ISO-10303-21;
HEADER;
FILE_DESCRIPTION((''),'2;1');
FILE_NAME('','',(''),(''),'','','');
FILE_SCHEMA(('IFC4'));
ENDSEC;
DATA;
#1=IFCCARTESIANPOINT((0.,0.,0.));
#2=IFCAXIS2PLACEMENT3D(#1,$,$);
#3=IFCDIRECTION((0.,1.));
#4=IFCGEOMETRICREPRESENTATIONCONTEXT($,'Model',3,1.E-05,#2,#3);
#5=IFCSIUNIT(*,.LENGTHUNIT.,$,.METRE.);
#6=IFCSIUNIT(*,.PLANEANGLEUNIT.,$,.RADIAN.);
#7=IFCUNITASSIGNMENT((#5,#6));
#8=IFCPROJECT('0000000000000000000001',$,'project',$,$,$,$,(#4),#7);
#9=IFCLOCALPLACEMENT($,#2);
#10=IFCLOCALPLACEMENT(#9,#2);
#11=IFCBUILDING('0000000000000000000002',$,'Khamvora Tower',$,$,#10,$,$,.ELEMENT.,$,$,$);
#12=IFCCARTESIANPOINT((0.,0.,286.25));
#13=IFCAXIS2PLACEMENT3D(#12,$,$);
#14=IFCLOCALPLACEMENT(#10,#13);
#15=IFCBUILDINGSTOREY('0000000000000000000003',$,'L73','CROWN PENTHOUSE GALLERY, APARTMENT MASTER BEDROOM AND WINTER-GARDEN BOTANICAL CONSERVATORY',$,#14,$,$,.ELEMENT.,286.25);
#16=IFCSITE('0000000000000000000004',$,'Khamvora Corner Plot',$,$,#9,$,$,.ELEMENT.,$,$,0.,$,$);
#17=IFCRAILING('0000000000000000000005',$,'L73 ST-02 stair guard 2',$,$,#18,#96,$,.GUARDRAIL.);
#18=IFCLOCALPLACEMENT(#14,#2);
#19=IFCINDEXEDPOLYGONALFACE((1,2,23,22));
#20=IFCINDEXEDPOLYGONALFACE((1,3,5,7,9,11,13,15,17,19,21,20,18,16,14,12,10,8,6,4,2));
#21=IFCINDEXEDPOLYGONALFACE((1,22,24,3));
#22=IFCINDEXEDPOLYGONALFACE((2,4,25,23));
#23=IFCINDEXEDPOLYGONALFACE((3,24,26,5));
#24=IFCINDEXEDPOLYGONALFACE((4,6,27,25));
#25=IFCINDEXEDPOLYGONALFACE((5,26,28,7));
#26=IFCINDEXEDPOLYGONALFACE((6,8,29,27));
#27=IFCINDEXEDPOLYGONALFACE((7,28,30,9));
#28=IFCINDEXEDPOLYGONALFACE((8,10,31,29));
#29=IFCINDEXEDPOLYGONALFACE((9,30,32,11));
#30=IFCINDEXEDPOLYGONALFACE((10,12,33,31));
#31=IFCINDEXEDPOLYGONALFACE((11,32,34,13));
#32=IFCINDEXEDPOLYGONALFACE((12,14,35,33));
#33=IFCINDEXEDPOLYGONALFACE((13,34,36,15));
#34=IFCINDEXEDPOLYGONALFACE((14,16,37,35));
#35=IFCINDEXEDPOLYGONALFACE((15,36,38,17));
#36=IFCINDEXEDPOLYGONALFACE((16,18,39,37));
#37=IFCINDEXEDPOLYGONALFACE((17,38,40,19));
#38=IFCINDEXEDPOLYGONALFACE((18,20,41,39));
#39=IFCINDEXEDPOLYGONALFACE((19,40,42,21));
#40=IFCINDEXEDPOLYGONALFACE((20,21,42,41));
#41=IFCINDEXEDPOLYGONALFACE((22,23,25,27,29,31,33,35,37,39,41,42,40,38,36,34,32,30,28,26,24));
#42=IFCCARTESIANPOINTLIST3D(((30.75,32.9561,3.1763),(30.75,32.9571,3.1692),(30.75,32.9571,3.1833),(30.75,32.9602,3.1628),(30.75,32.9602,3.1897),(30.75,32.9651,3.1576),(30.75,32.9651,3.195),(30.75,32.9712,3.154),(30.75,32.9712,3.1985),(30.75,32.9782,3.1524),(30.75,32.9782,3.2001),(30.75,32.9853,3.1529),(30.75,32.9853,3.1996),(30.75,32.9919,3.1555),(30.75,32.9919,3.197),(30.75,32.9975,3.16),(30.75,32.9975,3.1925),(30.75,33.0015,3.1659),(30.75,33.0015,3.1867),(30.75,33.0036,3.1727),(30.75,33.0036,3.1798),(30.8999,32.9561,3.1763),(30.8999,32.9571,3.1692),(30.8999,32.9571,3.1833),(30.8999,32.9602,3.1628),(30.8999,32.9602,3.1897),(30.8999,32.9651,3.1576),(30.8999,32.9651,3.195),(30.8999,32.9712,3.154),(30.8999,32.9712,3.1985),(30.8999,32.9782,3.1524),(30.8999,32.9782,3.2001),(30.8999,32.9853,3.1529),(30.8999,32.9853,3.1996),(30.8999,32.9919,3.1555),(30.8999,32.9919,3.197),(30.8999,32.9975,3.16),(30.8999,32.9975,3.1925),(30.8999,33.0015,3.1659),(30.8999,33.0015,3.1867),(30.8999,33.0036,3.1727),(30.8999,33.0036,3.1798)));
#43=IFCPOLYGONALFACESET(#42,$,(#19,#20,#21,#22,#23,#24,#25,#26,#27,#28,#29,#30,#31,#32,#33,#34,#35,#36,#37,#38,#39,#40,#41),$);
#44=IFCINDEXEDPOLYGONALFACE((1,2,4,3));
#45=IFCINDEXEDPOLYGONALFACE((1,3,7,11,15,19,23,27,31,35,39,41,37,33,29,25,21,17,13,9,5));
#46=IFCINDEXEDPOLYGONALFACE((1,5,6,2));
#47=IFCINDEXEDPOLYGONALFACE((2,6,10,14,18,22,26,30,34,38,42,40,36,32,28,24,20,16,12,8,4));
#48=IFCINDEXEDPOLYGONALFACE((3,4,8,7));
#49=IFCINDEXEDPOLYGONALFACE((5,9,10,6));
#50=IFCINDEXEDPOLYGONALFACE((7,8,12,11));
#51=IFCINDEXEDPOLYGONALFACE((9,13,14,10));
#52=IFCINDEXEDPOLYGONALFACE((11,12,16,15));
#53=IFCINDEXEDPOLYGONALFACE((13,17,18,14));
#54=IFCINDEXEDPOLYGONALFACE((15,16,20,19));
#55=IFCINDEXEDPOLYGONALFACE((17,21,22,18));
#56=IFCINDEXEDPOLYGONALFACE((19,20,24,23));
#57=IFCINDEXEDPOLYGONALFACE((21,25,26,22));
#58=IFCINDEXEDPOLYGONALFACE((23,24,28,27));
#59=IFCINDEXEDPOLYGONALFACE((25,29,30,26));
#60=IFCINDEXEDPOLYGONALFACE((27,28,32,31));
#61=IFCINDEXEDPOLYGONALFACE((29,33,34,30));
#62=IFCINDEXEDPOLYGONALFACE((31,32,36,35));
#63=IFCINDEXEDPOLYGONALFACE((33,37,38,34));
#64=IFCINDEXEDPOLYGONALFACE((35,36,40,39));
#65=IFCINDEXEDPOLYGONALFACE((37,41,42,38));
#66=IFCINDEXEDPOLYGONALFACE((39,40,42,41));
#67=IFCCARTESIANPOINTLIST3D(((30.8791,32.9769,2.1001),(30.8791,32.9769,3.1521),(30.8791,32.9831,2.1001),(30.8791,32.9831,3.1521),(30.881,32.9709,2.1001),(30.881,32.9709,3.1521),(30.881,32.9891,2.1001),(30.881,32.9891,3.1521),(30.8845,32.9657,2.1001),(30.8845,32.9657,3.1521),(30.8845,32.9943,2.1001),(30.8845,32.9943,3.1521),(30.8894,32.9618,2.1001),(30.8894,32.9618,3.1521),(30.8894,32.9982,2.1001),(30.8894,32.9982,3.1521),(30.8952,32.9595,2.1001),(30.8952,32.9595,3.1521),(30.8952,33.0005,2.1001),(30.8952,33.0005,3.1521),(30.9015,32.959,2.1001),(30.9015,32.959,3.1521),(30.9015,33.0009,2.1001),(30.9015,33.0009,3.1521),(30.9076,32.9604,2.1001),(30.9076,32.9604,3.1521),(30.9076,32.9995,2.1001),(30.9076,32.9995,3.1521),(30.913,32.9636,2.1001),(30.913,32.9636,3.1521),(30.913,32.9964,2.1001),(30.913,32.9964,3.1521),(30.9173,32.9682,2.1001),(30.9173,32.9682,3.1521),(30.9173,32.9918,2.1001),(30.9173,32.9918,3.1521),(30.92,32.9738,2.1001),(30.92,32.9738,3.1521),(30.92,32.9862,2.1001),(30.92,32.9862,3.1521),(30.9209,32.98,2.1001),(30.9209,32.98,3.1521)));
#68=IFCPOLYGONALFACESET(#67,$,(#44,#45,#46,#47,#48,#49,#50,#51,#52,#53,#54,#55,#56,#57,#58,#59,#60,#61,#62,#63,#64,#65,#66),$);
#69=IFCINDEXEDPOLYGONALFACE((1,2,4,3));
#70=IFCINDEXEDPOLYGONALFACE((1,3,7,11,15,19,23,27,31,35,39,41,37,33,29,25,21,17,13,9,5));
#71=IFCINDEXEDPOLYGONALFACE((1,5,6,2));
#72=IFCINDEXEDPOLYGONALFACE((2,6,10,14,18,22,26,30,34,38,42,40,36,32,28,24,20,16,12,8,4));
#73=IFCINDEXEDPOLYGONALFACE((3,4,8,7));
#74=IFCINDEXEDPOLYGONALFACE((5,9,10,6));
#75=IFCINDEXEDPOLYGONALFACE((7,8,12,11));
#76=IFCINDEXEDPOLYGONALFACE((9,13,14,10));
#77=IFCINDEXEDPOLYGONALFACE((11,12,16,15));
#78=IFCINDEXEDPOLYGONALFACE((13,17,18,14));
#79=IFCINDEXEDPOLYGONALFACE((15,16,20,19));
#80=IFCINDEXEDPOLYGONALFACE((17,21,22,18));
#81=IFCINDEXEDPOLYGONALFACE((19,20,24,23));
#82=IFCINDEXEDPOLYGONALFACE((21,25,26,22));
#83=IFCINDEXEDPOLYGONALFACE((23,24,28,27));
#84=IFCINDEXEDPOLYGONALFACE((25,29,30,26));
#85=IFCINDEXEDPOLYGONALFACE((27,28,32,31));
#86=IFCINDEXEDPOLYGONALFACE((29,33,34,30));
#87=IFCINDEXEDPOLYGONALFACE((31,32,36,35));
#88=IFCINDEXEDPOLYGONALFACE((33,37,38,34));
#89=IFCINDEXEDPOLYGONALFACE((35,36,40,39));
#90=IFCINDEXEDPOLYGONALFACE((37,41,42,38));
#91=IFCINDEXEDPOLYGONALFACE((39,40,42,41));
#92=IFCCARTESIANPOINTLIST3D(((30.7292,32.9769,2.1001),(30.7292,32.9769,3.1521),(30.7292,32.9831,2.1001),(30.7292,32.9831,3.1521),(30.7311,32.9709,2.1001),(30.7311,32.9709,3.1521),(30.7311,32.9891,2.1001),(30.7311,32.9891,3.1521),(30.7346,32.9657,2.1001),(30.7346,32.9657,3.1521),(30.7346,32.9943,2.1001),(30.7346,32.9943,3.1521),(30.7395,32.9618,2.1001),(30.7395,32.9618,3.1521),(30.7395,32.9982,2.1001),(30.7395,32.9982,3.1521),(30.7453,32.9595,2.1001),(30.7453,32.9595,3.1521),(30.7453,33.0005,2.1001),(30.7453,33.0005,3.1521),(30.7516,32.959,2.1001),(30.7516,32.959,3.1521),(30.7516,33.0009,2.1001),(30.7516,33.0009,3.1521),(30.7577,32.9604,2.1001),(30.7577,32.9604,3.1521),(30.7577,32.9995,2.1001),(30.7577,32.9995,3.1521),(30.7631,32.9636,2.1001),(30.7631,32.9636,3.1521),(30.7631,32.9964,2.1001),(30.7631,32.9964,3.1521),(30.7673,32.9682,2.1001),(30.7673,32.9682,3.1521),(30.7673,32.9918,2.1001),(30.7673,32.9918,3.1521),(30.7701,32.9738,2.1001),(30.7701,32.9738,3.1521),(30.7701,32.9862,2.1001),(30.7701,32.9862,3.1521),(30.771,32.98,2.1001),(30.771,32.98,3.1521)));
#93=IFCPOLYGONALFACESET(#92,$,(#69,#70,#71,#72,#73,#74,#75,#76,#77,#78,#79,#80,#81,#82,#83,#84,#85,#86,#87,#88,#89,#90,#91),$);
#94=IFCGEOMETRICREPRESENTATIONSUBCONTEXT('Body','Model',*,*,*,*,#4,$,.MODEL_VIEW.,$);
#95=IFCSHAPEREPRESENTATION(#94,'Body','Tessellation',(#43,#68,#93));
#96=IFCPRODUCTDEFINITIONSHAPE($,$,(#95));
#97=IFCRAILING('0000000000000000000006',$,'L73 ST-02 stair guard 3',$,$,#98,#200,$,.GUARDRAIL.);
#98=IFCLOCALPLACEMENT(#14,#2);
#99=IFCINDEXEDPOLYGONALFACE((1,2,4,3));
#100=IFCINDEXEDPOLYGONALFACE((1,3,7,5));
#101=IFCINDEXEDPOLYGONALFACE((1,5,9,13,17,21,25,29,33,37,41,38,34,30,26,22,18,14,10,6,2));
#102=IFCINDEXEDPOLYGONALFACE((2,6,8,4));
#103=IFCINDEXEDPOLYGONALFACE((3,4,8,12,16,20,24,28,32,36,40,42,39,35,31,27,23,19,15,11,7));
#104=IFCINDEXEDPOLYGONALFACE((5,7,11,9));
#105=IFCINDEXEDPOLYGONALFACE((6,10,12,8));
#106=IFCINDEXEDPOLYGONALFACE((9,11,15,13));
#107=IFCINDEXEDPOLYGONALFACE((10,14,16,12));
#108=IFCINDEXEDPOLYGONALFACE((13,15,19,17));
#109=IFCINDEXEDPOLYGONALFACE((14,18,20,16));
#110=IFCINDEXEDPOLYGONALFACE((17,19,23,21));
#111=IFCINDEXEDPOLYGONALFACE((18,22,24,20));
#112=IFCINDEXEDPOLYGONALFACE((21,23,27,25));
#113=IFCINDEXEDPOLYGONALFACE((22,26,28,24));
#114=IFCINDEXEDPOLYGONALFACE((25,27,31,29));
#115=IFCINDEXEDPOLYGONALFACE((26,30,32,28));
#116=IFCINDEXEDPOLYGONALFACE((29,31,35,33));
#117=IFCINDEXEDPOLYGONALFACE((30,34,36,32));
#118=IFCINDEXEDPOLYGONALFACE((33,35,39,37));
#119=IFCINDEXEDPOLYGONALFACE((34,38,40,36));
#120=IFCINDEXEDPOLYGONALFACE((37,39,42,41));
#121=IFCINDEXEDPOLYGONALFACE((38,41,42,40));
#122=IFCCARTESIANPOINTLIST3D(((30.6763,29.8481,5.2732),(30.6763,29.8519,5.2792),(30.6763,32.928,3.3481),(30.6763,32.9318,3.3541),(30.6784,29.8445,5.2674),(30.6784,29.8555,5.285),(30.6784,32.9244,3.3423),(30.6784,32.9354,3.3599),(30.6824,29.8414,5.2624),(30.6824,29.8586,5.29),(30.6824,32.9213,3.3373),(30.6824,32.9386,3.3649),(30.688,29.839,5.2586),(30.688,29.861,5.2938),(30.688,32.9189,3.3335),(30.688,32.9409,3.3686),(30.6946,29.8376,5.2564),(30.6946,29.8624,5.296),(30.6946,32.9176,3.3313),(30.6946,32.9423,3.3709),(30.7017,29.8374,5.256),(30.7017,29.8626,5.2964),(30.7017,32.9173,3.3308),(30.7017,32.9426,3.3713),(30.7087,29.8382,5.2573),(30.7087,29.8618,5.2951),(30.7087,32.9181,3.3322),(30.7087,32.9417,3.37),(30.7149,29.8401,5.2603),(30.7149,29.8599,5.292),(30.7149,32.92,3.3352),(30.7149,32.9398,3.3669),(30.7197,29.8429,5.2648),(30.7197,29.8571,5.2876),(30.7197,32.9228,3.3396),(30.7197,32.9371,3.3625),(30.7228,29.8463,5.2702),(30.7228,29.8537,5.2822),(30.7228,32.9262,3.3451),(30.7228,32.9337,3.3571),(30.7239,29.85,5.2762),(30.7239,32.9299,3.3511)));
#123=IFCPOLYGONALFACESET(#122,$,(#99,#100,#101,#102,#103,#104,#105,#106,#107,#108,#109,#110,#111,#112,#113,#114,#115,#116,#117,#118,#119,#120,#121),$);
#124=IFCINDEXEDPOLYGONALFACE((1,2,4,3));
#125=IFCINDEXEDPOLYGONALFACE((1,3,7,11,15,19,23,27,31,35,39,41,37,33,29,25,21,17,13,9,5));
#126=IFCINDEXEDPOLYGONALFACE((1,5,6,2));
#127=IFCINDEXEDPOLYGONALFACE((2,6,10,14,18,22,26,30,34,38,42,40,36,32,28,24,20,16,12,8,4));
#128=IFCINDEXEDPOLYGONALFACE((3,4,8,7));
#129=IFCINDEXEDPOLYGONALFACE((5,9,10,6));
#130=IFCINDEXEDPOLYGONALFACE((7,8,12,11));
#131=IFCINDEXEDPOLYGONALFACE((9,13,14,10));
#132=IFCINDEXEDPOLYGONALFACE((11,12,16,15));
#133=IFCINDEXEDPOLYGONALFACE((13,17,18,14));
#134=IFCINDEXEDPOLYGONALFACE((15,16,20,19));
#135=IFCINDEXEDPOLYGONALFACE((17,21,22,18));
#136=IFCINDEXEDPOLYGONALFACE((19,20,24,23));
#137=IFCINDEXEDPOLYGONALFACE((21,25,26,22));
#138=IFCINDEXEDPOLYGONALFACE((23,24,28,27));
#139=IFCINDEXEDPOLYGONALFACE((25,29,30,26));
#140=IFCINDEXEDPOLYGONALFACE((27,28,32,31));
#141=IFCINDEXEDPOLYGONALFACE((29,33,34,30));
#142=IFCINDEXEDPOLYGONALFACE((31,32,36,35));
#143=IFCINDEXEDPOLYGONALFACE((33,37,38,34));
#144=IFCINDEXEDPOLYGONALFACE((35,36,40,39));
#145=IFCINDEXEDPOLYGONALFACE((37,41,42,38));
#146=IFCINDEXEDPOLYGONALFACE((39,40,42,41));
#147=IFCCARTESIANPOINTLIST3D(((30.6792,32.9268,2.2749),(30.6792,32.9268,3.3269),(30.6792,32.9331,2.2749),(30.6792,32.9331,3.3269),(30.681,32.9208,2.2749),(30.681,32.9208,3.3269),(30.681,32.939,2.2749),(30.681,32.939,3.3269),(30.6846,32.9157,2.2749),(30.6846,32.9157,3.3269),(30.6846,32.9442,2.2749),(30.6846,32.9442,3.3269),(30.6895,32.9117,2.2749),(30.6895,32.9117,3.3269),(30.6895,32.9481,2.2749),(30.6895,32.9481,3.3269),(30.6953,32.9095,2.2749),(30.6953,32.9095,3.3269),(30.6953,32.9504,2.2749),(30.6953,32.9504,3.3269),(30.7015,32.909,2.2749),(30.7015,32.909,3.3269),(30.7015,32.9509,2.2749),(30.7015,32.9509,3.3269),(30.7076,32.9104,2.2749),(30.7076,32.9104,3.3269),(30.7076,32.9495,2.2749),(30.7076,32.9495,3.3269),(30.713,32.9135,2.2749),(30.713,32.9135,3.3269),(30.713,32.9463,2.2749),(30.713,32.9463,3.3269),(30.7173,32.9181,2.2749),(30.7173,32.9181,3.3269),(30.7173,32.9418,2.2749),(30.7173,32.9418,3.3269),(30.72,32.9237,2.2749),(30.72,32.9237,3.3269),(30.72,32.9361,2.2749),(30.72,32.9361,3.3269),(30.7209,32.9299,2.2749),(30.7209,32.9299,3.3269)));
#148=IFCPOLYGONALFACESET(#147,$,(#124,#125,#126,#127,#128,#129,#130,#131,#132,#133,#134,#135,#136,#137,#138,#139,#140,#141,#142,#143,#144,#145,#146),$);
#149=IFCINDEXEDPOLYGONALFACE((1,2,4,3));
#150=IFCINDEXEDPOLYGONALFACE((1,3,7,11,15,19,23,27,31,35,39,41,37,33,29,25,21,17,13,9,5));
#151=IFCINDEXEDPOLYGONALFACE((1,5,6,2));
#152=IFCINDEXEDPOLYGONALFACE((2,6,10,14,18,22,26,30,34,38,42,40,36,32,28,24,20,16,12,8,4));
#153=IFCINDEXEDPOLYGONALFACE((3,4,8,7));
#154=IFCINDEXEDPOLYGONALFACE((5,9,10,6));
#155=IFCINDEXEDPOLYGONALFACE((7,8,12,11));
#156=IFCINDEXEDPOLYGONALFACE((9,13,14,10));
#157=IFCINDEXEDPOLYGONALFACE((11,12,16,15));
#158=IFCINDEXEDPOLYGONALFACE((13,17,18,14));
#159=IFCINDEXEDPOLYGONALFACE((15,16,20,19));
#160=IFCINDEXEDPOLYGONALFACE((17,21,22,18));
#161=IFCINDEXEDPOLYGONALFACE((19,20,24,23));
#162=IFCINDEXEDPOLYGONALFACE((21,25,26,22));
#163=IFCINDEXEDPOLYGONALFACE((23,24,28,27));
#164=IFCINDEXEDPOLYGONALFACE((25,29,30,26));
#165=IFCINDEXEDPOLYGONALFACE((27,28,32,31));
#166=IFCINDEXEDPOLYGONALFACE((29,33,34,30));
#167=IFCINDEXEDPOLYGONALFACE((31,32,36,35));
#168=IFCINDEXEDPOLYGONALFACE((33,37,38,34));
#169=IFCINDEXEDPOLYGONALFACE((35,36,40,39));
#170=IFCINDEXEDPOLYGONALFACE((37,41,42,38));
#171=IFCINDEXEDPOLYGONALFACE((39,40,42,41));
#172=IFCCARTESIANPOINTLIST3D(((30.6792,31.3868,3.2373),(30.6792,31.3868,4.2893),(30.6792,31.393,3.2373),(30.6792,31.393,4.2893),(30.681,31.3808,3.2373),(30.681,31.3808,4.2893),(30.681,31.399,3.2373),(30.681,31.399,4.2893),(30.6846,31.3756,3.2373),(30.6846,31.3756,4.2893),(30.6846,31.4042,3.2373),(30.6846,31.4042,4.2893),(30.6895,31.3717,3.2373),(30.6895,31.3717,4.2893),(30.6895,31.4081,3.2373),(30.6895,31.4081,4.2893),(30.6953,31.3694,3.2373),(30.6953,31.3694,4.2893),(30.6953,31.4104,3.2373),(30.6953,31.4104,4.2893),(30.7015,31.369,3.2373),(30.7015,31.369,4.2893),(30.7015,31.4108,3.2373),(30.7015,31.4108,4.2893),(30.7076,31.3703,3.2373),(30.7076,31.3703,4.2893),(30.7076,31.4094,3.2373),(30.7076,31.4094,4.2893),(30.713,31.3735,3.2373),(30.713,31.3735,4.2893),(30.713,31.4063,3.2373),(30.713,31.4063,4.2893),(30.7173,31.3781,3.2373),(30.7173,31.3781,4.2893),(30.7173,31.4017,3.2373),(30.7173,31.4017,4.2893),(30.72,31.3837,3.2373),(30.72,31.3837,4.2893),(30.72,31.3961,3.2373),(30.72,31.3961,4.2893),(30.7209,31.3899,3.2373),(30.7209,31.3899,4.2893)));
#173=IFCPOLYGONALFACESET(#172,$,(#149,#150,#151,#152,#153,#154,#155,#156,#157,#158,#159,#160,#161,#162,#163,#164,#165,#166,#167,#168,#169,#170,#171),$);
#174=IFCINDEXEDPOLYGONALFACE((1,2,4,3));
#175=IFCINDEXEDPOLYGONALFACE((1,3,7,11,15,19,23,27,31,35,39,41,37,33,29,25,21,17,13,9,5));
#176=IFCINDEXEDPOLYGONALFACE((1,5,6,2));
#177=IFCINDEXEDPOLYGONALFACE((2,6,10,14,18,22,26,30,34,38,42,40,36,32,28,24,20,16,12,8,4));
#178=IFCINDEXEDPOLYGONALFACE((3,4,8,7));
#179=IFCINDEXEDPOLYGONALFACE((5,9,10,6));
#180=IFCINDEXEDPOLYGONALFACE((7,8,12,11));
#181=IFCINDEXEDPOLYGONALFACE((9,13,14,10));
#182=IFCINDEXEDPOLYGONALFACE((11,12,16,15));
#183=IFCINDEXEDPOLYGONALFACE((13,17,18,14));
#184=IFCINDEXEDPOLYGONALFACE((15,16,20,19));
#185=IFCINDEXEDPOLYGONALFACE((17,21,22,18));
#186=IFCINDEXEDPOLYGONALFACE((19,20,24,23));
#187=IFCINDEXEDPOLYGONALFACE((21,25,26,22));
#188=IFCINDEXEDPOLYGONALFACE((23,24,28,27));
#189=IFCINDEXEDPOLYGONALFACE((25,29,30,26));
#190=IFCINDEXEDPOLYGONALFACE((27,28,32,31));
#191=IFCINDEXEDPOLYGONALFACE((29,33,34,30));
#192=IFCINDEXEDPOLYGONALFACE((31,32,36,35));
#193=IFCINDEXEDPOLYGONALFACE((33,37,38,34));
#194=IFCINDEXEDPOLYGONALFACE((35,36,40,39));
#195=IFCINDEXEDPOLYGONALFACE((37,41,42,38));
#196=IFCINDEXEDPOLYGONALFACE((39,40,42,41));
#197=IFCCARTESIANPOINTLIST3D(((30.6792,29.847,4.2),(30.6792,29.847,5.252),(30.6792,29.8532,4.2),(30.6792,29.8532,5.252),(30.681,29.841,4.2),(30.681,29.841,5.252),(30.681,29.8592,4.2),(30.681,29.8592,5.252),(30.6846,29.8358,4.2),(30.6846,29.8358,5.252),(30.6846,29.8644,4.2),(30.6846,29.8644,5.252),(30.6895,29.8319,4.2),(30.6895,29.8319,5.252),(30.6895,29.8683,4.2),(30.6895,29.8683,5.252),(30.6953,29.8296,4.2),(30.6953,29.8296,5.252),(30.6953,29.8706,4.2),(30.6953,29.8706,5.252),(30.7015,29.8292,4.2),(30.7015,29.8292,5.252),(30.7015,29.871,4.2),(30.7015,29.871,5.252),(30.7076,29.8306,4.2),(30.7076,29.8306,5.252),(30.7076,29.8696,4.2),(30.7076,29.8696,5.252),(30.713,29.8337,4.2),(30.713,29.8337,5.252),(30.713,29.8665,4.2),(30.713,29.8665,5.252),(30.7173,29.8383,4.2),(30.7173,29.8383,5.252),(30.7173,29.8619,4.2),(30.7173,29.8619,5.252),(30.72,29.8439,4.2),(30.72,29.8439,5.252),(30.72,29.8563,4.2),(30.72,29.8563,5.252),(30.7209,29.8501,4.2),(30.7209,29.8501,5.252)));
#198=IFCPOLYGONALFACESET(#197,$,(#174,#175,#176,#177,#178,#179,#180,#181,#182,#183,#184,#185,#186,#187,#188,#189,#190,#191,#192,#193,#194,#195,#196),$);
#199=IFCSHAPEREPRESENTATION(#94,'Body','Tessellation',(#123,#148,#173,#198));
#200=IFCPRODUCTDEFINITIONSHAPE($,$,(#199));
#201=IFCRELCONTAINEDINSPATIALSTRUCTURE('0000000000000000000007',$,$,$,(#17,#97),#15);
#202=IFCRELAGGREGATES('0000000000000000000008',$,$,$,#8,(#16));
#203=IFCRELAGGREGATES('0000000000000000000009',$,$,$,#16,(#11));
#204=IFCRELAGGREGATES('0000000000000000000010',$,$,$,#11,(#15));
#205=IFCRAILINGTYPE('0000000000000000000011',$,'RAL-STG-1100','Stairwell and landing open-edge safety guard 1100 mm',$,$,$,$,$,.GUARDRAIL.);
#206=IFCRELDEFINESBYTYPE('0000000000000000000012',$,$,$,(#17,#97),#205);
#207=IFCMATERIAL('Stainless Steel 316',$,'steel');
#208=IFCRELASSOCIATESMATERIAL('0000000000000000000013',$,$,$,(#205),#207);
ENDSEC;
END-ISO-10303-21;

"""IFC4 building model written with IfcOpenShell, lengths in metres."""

from ifc_helpers import new_model, si_unit, direction, frame, origin, origin_2d, place, context, subcontext, project, spatial, circle, extrude, material, type_object, element, save


model = new_model("IFC4")

# Units and contexts
model_context = context("Model", 3, precision=1e-05, world=origin(), true_north=direction((0.0, 1.0)))
body_context = subcontext(model_context, "Body", "Model", "MODEL_VIEW")
ifc_project = project(units=[si_unit("LENGTHUNIT", "METRE"), si_unit("PLANEANGLEUNIT", "RADIAN")], contexts=[model_context])

# Site, building, storey
site_placement = place(None, origin())
site = spatial("IfcSite", under=ifc_project, at=site_placement, Name="Khamvora Corner Plot", CompositionType="ELEMENT", RefElevation=0.0)
building_placement = place(site_placement, origin())
building = spatial("IfcBuilding", under=site, at=building_placement, Name="Khamvora Tower", CompositionType="ELEMENT")
storey_placement = place(building_placement, frame((0.0, 0.0, 286.25)))
storey = spatial("IfcBuildingStorey", under=building, at=storey_placement, Name="L73", Description="CROWN PENTHOUSE GALLERY, APARTMENT MASTER BEDROOM AND WINTER-GARDEN BOTANICAL CONSERVATORY", CompositionType="ELEMENT", Elevation=286.25)

# Railings
ifc_material_1 = material(Name="Stainless Steel 316", Category="steel")
railing_type = type_object("IfcRailingType", Name="RAL-STG-1100", Description="Stairwell and landing open-edge safety guard 1100 mm", PredefinedType="GUARDRAIL", material=ifc_material_1)
railing_1_placement = place(storey_placement, frame((30.8999, 32.98, 2.1001)))
element("IfcRailing", 1, at=railing_1_placement, inside=storey, type_object=railing_type, Name="L73 ST-02 stair guard 2", PredefinedType="GUARDRAIL", context=body_context, shape_type="SweptSolid", body=[
    extrude(circle(Radius=0.0239, at=origin_2d()), frame((0.0, 0.0, 1.0762), z_axis=(-1.0, 0.0, 0.0), x_axis=(0.0, -1.0, 0.0)), (0.0, 0.0, 1.0), 0.1499),
    extrude(circle(Radius=0.021, at=origin_2d()), origin(), (0.0, 0.0, 1.0), 1.052),
    extrude(circle(Radius=0.021, at=origin_2d()), frame((-0.1499, 0.0, 0.0)), (0.0, 0.0, 1.0), 1.052),
])
railing_2_placement = place(storey_placement, frame((30.7, 32.9299, 2.2749)))
element("IfcRailing", 2, at=railing_2_placement, inside=storey, type_object=railing_type, Name="L73 ST-02 stair guard 3", PredefinedType="GUARDRAIL", context=body_context, shape_type="SweptSolid", body=[
    extrude(circle(Radius=0.0239, at=origin_2d()), frame((0.0, 0.0, 1.0762), z_axis=(0.0, -0.847979, 0.530029), x_axis=(1.0, 0.0, 0.0)), (0.0, 0.0, 1.0), 3.6321),
    extrude(circle(Radius=0.021, at=origin_2d()), origin(), (0.0, 0.0, 1.0), 1.052),
    extrude(circle(Radius=0.021, at=origin_2d()), frame((0.0, -1.54, 0.9624)), (0.0, 0.0, 1.0), 1.052),
    extrude(circle(Radius=0.021, at=origin_2d()), frame((0.0, -3.0798, 1.925)), (0.0, 0.0, 1.0), 1.052),
])

save(model, "model.ifc")
